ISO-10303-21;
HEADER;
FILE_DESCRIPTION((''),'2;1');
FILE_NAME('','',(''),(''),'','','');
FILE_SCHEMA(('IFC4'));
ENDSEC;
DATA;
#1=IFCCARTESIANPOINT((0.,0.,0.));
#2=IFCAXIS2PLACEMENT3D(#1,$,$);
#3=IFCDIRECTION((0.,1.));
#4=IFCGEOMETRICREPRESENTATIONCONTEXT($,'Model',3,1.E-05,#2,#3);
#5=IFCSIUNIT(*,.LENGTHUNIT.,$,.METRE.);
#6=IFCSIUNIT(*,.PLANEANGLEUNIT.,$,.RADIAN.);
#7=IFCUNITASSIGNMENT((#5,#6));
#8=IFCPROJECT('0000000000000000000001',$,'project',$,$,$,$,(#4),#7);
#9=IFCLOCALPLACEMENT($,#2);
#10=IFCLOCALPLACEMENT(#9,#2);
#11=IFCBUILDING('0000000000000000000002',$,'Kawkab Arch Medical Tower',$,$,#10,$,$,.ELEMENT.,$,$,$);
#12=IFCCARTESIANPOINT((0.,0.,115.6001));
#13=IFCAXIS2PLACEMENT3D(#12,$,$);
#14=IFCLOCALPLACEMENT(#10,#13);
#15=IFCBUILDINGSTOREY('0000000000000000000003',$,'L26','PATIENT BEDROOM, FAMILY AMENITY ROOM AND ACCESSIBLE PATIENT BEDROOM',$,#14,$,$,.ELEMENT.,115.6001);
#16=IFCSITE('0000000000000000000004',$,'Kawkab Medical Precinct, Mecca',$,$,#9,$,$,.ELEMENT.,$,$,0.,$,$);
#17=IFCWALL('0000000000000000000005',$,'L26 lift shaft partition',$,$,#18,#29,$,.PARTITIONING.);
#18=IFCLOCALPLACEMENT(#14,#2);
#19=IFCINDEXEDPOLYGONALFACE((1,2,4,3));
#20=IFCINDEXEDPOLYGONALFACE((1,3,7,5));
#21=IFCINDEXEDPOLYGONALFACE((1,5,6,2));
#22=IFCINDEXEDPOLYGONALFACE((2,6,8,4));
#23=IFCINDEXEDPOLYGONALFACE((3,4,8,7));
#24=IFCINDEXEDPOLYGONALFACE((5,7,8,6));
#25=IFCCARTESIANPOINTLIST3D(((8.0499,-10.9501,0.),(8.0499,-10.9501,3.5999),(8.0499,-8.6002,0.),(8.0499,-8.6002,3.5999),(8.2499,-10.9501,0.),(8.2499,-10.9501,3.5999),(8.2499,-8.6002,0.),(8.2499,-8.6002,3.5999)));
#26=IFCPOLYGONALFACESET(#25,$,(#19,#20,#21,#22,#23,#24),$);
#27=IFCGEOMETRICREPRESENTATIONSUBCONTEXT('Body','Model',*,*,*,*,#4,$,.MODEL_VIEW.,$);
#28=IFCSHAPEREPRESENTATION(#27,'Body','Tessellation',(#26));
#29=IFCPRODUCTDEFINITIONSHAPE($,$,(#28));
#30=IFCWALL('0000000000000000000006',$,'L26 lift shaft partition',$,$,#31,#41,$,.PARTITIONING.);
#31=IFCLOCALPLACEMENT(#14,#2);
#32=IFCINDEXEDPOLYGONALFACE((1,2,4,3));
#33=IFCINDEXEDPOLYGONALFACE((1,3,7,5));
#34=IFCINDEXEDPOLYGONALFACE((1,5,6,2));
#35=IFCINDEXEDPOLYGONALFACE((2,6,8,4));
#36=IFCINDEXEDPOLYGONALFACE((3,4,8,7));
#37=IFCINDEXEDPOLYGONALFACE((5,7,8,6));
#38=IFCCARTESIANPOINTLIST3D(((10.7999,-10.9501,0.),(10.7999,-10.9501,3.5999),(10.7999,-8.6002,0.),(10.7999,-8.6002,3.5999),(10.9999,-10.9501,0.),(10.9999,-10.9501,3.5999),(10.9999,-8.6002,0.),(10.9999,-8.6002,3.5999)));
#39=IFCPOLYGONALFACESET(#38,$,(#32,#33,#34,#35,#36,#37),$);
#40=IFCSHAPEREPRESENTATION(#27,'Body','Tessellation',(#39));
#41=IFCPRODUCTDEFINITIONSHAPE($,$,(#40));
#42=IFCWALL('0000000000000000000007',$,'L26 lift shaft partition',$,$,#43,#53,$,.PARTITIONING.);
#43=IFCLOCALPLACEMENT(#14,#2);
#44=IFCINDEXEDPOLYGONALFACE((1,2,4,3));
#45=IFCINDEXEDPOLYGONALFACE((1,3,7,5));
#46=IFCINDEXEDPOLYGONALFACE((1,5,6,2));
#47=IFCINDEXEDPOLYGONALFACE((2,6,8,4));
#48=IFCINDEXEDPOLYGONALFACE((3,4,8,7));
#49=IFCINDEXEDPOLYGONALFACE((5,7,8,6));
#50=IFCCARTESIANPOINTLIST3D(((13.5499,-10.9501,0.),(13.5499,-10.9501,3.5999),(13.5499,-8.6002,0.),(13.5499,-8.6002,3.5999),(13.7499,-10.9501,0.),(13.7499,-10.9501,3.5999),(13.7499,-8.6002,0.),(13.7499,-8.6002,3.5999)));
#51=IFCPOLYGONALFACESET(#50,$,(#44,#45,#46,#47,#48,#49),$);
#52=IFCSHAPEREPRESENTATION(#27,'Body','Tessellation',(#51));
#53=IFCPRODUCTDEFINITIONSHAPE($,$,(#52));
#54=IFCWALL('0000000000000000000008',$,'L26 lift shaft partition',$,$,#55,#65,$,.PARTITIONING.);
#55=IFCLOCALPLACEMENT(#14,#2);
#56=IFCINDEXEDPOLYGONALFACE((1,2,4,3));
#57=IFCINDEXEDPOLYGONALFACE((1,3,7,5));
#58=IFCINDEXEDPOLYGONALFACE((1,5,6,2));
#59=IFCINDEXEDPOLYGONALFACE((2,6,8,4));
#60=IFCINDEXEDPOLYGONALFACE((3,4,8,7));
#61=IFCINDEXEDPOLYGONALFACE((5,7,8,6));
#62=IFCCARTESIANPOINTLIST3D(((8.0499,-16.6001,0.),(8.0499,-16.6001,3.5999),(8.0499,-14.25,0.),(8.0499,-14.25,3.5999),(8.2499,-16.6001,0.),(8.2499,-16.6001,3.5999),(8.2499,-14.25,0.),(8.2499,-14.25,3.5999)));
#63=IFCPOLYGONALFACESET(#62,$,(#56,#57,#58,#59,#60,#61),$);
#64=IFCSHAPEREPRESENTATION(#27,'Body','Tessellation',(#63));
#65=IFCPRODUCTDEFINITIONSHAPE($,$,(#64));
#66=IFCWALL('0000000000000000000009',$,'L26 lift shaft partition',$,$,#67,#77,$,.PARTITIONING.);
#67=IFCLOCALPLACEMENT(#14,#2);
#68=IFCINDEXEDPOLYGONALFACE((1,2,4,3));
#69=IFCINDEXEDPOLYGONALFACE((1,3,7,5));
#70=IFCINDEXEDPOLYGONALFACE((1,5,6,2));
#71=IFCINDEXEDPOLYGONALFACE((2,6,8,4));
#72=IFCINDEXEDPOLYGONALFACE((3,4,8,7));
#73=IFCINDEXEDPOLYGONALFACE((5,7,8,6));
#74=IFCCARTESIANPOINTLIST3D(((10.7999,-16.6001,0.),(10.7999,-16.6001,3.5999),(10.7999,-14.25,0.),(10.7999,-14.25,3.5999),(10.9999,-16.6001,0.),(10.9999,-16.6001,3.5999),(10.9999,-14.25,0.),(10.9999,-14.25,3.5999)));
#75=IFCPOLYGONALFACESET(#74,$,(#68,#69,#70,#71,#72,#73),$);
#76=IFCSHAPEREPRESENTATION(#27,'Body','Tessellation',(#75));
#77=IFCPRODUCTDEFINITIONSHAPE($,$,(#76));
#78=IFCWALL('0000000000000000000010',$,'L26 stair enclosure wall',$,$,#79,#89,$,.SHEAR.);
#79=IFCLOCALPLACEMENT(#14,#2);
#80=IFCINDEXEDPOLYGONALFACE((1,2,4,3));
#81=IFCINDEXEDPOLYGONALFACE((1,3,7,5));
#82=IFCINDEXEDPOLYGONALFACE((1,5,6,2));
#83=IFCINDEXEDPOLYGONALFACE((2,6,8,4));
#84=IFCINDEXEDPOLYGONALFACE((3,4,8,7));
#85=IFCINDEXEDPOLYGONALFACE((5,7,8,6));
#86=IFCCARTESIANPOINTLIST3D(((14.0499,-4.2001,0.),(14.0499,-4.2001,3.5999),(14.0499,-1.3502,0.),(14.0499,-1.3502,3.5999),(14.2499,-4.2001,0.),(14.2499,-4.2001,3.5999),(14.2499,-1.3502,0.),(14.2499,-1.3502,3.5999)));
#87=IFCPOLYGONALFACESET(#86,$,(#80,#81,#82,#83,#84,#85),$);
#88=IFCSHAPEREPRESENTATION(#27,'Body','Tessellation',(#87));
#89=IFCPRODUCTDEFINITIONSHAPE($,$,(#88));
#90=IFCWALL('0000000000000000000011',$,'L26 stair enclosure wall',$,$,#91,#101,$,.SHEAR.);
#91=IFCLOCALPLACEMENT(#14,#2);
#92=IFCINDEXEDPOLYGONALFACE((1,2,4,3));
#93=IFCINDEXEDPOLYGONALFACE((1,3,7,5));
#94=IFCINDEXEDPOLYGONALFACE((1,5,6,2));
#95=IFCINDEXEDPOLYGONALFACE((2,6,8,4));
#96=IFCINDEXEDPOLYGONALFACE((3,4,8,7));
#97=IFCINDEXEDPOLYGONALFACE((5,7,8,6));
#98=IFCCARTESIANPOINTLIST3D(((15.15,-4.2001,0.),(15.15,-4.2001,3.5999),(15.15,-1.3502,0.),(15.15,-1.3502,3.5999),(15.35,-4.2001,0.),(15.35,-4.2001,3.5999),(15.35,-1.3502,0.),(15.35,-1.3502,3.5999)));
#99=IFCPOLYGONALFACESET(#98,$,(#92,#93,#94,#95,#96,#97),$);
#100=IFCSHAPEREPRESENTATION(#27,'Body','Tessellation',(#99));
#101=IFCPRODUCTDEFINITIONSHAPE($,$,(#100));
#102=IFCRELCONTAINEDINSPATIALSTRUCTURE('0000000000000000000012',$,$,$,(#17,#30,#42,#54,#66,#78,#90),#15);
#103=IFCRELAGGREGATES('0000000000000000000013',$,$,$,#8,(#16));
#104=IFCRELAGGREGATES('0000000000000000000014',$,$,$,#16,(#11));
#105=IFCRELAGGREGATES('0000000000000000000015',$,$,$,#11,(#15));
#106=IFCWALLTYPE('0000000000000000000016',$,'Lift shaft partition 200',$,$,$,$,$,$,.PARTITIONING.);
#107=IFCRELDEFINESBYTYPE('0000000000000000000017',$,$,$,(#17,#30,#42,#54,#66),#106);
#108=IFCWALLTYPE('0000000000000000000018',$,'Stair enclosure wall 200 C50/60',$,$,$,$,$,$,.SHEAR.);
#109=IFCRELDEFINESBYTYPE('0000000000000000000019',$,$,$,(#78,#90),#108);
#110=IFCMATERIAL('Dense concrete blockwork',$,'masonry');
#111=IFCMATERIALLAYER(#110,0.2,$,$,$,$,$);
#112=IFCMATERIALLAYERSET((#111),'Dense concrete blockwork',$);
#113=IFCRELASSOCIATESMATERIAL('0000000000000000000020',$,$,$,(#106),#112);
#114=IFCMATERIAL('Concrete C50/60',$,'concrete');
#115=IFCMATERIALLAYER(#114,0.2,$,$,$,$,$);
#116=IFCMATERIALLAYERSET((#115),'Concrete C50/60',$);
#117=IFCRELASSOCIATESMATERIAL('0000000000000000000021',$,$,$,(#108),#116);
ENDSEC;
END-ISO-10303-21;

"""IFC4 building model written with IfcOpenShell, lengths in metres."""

from ifc_helpers import new_model, si_unit, direction, frame, frame_2d, origin, place, context, subcontext, project, spatial, rectangle, extrude, material, layer, layer_set, type_object, element, save


model = new_model("IFC4")

# Units and contexts
model_context = context("Model", 3, precision=1e-05, world=origin(), true_north=direction((0.0, 1.0)))
body_context = subcontext(model_context, "Body", "Model", "MODEL_VIEW")
ifc_project = project(units=[si_unit("LENGTHUNIT", "METRE"), si_unit("PLANEANGLEUNIT", "RADIAN")], contexts=[model_context])

# Site, building, storey
site_placement = place(None, origin())
site = spatial("IfcSite", under=ifc_project, at=site_placement, Name="Kawkab Medical Precinct, Mecca", CompositionType="ELEMENT", RefElevation=0.0)
building_placement = place(site_placement, origin())
building = spatial("IfcBuilding", under=site, at=building_placement, Name="Kawkab Arch Medical Tower", CompositionType="ELEMENT")
storey_placement = place(building_placement, frame((0.0, 0.0, 115.6001)))
storey = spatial("IfcBuildingStorey", under=building, at=storey_placement, Name="L26", Description="PATIENT BEDROOM, FAMILY AMENITY ROOM AND ACCESSIBLE PATIENT BEDROOM", CompositionType="ELEMENT", Elevation=115.6001)

# Walls
ifc_material_1 = material(Name="Dense concrete blockwork", Category="masonry")
ifc_layer_1 = layer(ifc_material_1, 0.2)
ifc_layer_set_1 = layer_set([ifc_layer_1], Name="Dense concrete blockwork")
wall_type_1 = type_object("IfcWallType", Name="Lift shaft partition 200", PredefinedType="PARTITIONING", material=ifc_layer_set_1)
for number, where, z_axis, x_axis, name in (
    (1, (8.1499, -10.95, 0.0), (0.0, 0.0, 1.0), (0.0, 1.0, 0.0), "L26 lift shaft partition"),
    (2, (10.8999, -10.95, 0.0), (0.0, 0.0, 1.0), (0.0, 1.0, 0.0), "L26 lift shaft partition"),
    (3, (13.6499, -10.95, 0.0), (0.0, 0.0, 1.0), (0.0, 1.0, 0.0), "L26 lift shaft partition"),
):
    element("IfcWall", number, at=place(storey_placement, frame(where, z_axis=z_axis, x_axis=x_axis)), inside=storey, type_object=wall_type_1, Name=name, PredefinedType="PARTITIONING", context=body_context, shape_type="SweptSolid", body=[
        extrude(rectangle(XDim=2.3499, YDim=0.2, at=frame_2d((1.1748, 0.0))), origin(), (0.0, 0.0, 1.0), 3.5999),
    ])
for number, where, z_axis, x_axis, name in (
    (4, (8.1499, -16.6001, 0.0), (0.0, 0.0, 1.0), (0.0, 1.0, 0.0), "L26 lift shaft partition"),
    (5, (10.8999, -16.6001, 0.0), (0.0, 0.0, 1.0), (0.0, 1.0, 0.0), "L26 lift shaft partition"),
):
    element("IfcWall", number, at=place(storey_placement, frame(where, z_axis=z_axis, x_axis=x_axis)), inside=storey, type_object=wall_type_1, Name=name, PredefinedType="PARTITIONING", context=body_context, shape_type="SweptSolid", body=[
        extrude(rectangle(XDim=2.3501, YDim=0.2, at=frame_2d((1.175, 0.0))), origin(), (0.0, 0.0, 1.0), 3.5999),
    ])
ifc_material_2 = material(Name="Concrete C50/60", Category="concrete")
ifc_layer_2 = layer(ifc_material_2, 0.2)
ifc_layer_set_2 = layer_set([ifc_layer_2], Name="Concrete C50/60")
wall_type_2 = type_object("IfcWallType", Name="Stair enclosure wall 200 C50/60", PredefinedType="SHEAR", material=ifc_layer_set_2)
for number, where, z_axis, x_axis, name in (
    (6, (14.1499, -4.2, 0.0), (0.0, 0.0, 1.0), (0.0, 1.0, 0.0), "L26 stair enclosure wall"),
    (7, (15.25, -4.2, 0.0), (0.0, 0.0, 1.0), (0.0, 1.0, 0.0), "L26 stair enclosure wall"),
):
    element("IfcWall", number, at=place(storey_placement, frame(where, z_axis=z_axis, x_axis=x_axis)), inside=storey, type_object=wall_type_2, Name=name, PredefinedType="SHEAR", context=body_context, shape_type="SweptSolid", body=[
        extrude(rectangle(XDim=2.8499, YDim=0.2, at=frame_2d((1.4248, 0.0))), origin(), (0.0, 0.0, 1.0), 3.5999),
    ])

save(model, "model.ifc")
